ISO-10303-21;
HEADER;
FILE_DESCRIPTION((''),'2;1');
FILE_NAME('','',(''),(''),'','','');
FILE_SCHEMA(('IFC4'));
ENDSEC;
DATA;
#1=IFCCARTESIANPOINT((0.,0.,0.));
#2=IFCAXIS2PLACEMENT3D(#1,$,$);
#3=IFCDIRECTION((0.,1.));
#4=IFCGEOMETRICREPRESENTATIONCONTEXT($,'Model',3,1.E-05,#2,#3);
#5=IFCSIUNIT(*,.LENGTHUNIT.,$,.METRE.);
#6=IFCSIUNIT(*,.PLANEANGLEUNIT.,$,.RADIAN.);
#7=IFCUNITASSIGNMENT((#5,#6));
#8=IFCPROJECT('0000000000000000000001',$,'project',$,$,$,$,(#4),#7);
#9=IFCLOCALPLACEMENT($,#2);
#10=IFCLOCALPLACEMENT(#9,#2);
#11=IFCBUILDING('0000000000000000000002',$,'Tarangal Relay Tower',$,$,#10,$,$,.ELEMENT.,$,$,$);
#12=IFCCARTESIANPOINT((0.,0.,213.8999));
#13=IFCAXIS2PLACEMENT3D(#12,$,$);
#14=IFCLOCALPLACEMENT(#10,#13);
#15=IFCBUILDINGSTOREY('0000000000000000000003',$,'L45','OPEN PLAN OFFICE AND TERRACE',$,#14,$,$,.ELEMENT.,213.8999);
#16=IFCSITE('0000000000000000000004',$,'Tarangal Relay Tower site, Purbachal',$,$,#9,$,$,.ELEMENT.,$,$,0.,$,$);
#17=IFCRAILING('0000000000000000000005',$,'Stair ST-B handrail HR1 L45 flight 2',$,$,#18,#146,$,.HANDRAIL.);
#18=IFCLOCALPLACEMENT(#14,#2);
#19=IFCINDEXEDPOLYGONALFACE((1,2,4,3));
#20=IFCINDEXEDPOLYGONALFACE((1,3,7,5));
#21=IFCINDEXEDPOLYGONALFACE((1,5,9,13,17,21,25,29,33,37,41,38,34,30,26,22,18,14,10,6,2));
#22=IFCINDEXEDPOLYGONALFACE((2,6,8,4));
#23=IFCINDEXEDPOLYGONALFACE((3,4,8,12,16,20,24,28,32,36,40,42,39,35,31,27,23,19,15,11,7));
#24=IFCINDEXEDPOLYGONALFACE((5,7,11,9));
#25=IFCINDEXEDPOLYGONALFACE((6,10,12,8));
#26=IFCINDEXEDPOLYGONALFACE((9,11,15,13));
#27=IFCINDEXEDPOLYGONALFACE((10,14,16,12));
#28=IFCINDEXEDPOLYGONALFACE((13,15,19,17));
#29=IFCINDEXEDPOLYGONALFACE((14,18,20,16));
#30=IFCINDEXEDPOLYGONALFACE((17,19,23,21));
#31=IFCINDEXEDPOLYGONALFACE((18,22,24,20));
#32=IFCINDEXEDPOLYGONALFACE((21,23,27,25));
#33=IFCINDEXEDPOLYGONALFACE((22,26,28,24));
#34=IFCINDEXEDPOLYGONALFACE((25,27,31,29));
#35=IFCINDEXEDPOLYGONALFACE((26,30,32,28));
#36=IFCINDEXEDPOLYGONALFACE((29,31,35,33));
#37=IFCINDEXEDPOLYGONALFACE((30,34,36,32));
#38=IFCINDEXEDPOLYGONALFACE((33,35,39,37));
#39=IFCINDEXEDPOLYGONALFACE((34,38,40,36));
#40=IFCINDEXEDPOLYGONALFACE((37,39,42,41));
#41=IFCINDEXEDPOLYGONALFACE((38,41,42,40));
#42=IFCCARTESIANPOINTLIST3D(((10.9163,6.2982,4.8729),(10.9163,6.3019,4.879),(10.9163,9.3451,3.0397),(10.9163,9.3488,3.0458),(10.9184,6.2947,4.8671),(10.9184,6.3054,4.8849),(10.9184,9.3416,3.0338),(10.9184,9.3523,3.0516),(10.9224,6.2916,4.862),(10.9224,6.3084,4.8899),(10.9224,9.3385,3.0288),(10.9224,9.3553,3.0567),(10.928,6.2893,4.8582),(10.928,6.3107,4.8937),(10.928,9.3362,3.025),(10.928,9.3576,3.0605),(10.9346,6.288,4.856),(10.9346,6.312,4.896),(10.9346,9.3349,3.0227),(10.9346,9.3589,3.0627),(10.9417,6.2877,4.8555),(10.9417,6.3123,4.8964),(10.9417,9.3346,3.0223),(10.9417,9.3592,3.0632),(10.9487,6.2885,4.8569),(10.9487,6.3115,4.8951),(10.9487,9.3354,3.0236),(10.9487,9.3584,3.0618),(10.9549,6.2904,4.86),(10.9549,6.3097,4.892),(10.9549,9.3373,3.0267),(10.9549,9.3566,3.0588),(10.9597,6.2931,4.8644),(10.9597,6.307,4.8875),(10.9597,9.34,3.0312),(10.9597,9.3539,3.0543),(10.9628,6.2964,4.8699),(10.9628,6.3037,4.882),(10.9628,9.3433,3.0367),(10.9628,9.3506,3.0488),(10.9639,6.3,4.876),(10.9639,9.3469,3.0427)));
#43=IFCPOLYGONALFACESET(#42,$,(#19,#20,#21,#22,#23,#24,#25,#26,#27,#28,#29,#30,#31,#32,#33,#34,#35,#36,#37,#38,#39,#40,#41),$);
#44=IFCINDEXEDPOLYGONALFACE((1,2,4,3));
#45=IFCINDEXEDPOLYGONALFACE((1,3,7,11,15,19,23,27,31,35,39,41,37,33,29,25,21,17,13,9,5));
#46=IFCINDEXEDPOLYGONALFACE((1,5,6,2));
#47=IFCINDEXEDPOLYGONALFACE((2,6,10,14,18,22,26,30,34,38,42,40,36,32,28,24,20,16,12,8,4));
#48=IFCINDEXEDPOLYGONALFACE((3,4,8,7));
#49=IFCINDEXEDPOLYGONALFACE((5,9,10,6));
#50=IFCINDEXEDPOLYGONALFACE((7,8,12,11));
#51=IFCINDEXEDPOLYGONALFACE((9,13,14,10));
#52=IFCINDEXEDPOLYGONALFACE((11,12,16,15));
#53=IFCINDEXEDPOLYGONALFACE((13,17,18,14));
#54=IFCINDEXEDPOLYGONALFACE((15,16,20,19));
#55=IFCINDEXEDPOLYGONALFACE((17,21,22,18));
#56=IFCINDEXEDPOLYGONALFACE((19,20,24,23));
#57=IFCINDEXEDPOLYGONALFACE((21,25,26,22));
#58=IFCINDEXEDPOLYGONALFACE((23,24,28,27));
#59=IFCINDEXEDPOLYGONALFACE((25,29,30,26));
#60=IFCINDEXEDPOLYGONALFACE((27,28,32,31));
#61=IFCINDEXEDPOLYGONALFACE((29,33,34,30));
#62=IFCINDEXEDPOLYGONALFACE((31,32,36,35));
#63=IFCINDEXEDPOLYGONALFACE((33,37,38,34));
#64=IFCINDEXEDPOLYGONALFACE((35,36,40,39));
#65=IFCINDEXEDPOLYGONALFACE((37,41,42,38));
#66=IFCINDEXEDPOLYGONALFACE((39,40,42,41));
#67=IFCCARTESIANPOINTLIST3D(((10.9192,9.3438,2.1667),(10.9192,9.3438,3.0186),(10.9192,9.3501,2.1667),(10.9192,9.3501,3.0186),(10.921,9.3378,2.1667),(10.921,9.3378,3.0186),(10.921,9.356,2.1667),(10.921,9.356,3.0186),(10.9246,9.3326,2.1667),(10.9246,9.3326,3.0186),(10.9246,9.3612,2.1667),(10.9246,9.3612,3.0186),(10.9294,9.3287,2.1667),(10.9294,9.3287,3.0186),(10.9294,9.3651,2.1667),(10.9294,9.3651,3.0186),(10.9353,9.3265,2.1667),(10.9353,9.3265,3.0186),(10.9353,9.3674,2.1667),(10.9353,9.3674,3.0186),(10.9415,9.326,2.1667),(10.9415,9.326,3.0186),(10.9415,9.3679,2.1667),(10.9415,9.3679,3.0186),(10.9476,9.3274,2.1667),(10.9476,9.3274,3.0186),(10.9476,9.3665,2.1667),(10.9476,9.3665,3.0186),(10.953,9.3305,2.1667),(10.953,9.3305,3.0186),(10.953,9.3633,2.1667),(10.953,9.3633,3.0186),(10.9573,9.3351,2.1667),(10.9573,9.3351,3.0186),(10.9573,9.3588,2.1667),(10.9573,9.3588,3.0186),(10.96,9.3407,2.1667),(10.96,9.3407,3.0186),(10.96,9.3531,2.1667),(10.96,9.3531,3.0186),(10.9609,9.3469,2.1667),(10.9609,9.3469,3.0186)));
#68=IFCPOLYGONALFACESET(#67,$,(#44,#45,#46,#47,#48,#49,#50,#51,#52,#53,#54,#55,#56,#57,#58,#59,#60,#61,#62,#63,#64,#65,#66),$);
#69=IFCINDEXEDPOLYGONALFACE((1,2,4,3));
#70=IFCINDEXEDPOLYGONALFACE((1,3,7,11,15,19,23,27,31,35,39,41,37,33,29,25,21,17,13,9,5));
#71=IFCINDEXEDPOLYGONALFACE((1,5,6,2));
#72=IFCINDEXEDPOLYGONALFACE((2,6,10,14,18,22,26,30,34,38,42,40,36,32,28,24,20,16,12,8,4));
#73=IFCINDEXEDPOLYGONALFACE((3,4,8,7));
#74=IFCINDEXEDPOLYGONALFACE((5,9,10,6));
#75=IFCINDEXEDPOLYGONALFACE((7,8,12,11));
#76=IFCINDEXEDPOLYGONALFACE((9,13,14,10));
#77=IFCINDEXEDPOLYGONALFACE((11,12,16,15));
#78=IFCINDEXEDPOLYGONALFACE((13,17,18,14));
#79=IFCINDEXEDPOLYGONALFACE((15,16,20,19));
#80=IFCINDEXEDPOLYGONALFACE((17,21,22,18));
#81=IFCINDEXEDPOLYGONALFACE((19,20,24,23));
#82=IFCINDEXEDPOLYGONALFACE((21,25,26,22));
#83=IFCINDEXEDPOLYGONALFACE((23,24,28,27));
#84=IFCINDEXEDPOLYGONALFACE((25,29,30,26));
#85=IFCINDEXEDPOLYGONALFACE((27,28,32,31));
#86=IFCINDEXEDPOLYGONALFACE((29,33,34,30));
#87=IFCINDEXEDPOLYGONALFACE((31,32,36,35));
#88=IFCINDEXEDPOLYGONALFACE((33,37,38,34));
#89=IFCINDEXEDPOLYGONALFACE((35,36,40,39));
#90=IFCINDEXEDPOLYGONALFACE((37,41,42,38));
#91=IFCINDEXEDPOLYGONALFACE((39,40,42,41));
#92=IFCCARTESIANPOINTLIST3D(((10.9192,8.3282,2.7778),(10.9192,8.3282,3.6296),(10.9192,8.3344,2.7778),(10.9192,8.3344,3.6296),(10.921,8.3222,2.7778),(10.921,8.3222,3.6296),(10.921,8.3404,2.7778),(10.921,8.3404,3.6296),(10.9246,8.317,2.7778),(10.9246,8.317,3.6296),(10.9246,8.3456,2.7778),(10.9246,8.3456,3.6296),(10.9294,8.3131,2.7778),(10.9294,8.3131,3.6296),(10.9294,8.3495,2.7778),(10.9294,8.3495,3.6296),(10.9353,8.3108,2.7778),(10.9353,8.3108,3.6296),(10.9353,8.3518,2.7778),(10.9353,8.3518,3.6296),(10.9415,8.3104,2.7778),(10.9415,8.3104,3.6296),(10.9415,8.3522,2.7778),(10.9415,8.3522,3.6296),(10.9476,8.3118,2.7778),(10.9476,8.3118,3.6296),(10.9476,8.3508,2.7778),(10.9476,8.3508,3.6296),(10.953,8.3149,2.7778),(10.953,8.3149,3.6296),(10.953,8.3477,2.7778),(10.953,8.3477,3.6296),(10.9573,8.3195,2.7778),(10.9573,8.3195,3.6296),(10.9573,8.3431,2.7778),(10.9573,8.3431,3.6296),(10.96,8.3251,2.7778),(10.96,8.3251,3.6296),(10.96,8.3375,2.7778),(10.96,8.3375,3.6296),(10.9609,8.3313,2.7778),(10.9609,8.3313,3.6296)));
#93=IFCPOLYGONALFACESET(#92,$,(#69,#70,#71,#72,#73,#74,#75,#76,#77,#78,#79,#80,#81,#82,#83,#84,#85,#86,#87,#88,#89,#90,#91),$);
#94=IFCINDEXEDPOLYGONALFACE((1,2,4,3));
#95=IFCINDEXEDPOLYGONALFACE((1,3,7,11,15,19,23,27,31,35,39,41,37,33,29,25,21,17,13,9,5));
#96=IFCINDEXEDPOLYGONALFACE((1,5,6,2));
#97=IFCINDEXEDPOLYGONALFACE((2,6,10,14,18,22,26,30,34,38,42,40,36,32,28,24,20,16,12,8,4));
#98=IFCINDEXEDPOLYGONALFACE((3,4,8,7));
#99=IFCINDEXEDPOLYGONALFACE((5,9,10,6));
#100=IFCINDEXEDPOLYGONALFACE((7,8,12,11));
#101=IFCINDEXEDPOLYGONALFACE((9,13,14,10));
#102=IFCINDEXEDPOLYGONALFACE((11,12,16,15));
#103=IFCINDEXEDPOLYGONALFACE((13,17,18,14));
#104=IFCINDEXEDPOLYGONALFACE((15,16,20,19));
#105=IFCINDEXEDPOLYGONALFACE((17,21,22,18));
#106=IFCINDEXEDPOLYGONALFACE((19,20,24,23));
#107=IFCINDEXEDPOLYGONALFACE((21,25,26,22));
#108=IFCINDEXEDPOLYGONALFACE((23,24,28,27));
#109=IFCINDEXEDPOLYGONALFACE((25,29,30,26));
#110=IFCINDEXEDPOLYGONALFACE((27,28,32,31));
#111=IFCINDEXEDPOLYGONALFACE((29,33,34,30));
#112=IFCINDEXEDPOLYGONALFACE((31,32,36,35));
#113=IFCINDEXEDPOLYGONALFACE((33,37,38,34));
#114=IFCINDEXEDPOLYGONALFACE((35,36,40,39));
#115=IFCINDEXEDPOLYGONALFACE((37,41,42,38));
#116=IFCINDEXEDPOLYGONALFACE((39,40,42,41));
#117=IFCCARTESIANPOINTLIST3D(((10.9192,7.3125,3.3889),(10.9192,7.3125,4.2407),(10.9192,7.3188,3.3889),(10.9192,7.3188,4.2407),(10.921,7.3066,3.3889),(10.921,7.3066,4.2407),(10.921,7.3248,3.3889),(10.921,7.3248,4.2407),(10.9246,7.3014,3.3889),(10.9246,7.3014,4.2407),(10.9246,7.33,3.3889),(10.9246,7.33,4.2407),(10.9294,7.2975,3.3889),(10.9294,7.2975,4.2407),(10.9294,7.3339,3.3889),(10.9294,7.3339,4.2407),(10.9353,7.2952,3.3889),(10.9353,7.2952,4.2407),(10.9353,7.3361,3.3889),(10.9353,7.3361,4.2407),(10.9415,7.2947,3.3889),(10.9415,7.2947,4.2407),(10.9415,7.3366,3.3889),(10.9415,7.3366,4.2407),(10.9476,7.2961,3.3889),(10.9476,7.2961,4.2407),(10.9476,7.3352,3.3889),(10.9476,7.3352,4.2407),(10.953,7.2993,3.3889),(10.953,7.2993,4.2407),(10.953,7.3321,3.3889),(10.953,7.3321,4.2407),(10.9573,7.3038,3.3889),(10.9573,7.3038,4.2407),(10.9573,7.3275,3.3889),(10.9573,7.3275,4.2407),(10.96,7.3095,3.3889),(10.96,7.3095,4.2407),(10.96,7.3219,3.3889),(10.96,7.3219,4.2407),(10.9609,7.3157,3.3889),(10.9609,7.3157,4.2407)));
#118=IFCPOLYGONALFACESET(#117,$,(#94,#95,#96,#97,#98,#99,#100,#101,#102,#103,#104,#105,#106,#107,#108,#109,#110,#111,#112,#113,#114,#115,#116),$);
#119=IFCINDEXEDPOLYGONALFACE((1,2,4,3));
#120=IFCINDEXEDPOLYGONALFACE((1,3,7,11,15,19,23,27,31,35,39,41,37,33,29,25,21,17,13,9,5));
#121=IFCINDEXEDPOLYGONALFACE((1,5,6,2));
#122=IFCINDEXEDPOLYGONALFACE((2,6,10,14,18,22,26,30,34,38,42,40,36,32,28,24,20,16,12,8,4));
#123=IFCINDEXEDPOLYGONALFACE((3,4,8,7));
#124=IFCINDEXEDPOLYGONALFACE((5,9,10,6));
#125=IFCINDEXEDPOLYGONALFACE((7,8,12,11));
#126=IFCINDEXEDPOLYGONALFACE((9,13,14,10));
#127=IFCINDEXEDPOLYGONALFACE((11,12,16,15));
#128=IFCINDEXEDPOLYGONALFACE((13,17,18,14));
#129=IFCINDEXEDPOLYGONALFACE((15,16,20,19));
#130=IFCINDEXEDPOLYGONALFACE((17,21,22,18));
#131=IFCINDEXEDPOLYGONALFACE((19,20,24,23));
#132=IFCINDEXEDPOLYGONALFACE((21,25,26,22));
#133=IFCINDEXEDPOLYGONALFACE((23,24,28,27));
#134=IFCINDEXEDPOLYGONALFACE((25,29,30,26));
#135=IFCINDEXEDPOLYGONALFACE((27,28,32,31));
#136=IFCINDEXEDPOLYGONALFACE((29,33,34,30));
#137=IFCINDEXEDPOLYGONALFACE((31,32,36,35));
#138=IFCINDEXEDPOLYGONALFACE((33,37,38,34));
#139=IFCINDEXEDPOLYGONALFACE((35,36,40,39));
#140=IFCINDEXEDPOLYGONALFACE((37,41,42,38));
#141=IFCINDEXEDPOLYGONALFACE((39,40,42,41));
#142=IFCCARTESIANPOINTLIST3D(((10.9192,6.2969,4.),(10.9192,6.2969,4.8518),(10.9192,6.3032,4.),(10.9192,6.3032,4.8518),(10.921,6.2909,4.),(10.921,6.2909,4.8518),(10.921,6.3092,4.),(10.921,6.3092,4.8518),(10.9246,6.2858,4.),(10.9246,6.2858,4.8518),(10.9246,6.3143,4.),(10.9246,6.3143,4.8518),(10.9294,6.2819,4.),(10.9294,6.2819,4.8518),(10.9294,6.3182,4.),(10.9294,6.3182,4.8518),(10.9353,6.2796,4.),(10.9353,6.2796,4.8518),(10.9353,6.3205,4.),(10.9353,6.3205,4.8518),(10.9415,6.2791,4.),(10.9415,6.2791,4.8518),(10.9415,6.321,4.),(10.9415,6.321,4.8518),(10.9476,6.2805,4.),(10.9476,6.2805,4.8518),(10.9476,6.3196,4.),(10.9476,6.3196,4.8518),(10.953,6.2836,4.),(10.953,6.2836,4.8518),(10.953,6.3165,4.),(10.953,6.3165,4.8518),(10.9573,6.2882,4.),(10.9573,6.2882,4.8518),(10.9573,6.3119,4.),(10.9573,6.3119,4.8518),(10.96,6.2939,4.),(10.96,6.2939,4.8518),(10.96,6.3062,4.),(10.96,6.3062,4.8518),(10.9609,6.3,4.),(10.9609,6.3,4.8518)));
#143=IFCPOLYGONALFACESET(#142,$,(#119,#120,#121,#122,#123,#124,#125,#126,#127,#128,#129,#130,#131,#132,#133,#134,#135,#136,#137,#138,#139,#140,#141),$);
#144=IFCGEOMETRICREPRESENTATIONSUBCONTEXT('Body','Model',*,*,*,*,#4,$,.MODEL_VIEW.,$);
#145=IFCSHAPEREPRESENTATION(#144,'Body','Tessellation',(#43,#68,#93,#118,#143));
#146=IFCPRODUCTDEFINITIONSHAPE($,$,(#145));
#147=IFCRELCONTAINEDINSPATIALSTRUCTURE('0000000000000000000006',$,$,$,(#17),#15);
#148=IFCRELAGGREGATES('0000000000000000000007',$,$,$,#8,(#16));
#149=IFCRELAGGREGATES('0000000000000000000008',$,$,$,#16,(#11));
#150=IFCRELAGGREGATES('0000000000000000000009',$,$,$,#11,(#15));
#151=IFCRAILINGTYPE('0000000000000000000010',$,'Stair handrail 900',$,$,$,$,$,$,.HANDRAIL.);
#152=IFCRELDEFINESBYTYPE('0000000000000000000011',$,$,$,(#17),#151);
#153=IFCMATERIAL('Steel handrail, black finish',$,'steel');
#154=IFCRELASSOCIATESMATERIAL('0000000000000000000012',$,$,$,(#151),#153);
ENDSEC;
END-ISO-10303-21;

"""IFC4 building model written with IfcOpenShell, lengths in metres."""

from ifc_helpers import new_model, si_unit, direction, frame, origin, origin_2d, place, context, subcontext, project, spatial, circle, extrude, material, type_object, element, save


model = new_model("IFC4")

# Units and contexts
model_context = context("Model", 3, precision=1e-05, world=origin(), true_north=direction((0.0, 1.0)))
body_context = subcontext(model_context, "Body", "Model", "MODEL_VIEW")
ifc_project = project(units=[si_unit("LENGTHUNIT", "METRE"), si_unit("PLANEANGLEUNIT", "RADIAN")], contexts=[model_context])

# Site, building, storey
site_placement = place(None, origin())
site = spatial("IfcSite", under=ifc_project, at=site_placement, Name="Tarangal Relay Tower site, Purbachal", CompositionType="ELEMENT", RefElevation=0.0)
building_placement = place(site_placement, origin())
building = spatial("IfcBuilding", under=site, at=building_placement, Name="Tarangal Relay Tower", CompositionType="ELEMENT")
storey_placement = place(building_placement, frame((0.0, 0.0, 213.8999)))
storey = spatial("IfcBuildingStorey", under=building, at=storey_placement, Name="L45", Description="OPEN PLAN OFFICE AND TERRACE", CompositionType="ELEMENT", Elevation=213.8999)

# Railing
ifc_material_1 = material(Name="Steel handrail, black finish", Category="steel")
railing_type_1 = type_object("IfcRailingType", Name="Stair handrail 900", PredefinedType="HANDRAIL", material=ifc_material_1)
railing_1_placement = place(storey_placement, frame((10.9399, 9.3469, 2.1667)))
element("IfcRailing", 1, at=railing_1_placement, inside=storey, type_object=railing_type_1, Name="Stair ST-B handrail HR1 L45 flight 2", PredefinedType="HANDRAIL", context=body_context, shape_type="SweptSolid", body=[
    extrude(circle(Radius=0.0239, at=origin_2d()), frame((0.0, 0.0, 0.876), z_axis=(0.0, -0.856856, 0.515556), x_axis=(1.0, 0.0, 0.0)), (0.0, 0.0, 1.0), 3.5559),
    extrude(circle(Radius=0.021, at=origin_2d()), origin(), (0.0, 0.0, 1.0), 0.8518),
    extrude(circle(Radius=0.021, at=origin_2d()), frame((0.0, -1.0156, 0.6111)), (0.0, 0.0, 1.0), 0.8518),
    extrude(circle(Radius=0.021, at=origin_2d()), frame((0.0, -2.0312, 1.2222)), (0.0, 0.0, 1.0), 0.8518),
    extrude(circle(Radius=0.021, at=origin_2d()), frame((0.0, -3.0469, 1.8333)), (0.0, 0.0, 1.0), 0.8518),
])

save(model, "model.ifc")
